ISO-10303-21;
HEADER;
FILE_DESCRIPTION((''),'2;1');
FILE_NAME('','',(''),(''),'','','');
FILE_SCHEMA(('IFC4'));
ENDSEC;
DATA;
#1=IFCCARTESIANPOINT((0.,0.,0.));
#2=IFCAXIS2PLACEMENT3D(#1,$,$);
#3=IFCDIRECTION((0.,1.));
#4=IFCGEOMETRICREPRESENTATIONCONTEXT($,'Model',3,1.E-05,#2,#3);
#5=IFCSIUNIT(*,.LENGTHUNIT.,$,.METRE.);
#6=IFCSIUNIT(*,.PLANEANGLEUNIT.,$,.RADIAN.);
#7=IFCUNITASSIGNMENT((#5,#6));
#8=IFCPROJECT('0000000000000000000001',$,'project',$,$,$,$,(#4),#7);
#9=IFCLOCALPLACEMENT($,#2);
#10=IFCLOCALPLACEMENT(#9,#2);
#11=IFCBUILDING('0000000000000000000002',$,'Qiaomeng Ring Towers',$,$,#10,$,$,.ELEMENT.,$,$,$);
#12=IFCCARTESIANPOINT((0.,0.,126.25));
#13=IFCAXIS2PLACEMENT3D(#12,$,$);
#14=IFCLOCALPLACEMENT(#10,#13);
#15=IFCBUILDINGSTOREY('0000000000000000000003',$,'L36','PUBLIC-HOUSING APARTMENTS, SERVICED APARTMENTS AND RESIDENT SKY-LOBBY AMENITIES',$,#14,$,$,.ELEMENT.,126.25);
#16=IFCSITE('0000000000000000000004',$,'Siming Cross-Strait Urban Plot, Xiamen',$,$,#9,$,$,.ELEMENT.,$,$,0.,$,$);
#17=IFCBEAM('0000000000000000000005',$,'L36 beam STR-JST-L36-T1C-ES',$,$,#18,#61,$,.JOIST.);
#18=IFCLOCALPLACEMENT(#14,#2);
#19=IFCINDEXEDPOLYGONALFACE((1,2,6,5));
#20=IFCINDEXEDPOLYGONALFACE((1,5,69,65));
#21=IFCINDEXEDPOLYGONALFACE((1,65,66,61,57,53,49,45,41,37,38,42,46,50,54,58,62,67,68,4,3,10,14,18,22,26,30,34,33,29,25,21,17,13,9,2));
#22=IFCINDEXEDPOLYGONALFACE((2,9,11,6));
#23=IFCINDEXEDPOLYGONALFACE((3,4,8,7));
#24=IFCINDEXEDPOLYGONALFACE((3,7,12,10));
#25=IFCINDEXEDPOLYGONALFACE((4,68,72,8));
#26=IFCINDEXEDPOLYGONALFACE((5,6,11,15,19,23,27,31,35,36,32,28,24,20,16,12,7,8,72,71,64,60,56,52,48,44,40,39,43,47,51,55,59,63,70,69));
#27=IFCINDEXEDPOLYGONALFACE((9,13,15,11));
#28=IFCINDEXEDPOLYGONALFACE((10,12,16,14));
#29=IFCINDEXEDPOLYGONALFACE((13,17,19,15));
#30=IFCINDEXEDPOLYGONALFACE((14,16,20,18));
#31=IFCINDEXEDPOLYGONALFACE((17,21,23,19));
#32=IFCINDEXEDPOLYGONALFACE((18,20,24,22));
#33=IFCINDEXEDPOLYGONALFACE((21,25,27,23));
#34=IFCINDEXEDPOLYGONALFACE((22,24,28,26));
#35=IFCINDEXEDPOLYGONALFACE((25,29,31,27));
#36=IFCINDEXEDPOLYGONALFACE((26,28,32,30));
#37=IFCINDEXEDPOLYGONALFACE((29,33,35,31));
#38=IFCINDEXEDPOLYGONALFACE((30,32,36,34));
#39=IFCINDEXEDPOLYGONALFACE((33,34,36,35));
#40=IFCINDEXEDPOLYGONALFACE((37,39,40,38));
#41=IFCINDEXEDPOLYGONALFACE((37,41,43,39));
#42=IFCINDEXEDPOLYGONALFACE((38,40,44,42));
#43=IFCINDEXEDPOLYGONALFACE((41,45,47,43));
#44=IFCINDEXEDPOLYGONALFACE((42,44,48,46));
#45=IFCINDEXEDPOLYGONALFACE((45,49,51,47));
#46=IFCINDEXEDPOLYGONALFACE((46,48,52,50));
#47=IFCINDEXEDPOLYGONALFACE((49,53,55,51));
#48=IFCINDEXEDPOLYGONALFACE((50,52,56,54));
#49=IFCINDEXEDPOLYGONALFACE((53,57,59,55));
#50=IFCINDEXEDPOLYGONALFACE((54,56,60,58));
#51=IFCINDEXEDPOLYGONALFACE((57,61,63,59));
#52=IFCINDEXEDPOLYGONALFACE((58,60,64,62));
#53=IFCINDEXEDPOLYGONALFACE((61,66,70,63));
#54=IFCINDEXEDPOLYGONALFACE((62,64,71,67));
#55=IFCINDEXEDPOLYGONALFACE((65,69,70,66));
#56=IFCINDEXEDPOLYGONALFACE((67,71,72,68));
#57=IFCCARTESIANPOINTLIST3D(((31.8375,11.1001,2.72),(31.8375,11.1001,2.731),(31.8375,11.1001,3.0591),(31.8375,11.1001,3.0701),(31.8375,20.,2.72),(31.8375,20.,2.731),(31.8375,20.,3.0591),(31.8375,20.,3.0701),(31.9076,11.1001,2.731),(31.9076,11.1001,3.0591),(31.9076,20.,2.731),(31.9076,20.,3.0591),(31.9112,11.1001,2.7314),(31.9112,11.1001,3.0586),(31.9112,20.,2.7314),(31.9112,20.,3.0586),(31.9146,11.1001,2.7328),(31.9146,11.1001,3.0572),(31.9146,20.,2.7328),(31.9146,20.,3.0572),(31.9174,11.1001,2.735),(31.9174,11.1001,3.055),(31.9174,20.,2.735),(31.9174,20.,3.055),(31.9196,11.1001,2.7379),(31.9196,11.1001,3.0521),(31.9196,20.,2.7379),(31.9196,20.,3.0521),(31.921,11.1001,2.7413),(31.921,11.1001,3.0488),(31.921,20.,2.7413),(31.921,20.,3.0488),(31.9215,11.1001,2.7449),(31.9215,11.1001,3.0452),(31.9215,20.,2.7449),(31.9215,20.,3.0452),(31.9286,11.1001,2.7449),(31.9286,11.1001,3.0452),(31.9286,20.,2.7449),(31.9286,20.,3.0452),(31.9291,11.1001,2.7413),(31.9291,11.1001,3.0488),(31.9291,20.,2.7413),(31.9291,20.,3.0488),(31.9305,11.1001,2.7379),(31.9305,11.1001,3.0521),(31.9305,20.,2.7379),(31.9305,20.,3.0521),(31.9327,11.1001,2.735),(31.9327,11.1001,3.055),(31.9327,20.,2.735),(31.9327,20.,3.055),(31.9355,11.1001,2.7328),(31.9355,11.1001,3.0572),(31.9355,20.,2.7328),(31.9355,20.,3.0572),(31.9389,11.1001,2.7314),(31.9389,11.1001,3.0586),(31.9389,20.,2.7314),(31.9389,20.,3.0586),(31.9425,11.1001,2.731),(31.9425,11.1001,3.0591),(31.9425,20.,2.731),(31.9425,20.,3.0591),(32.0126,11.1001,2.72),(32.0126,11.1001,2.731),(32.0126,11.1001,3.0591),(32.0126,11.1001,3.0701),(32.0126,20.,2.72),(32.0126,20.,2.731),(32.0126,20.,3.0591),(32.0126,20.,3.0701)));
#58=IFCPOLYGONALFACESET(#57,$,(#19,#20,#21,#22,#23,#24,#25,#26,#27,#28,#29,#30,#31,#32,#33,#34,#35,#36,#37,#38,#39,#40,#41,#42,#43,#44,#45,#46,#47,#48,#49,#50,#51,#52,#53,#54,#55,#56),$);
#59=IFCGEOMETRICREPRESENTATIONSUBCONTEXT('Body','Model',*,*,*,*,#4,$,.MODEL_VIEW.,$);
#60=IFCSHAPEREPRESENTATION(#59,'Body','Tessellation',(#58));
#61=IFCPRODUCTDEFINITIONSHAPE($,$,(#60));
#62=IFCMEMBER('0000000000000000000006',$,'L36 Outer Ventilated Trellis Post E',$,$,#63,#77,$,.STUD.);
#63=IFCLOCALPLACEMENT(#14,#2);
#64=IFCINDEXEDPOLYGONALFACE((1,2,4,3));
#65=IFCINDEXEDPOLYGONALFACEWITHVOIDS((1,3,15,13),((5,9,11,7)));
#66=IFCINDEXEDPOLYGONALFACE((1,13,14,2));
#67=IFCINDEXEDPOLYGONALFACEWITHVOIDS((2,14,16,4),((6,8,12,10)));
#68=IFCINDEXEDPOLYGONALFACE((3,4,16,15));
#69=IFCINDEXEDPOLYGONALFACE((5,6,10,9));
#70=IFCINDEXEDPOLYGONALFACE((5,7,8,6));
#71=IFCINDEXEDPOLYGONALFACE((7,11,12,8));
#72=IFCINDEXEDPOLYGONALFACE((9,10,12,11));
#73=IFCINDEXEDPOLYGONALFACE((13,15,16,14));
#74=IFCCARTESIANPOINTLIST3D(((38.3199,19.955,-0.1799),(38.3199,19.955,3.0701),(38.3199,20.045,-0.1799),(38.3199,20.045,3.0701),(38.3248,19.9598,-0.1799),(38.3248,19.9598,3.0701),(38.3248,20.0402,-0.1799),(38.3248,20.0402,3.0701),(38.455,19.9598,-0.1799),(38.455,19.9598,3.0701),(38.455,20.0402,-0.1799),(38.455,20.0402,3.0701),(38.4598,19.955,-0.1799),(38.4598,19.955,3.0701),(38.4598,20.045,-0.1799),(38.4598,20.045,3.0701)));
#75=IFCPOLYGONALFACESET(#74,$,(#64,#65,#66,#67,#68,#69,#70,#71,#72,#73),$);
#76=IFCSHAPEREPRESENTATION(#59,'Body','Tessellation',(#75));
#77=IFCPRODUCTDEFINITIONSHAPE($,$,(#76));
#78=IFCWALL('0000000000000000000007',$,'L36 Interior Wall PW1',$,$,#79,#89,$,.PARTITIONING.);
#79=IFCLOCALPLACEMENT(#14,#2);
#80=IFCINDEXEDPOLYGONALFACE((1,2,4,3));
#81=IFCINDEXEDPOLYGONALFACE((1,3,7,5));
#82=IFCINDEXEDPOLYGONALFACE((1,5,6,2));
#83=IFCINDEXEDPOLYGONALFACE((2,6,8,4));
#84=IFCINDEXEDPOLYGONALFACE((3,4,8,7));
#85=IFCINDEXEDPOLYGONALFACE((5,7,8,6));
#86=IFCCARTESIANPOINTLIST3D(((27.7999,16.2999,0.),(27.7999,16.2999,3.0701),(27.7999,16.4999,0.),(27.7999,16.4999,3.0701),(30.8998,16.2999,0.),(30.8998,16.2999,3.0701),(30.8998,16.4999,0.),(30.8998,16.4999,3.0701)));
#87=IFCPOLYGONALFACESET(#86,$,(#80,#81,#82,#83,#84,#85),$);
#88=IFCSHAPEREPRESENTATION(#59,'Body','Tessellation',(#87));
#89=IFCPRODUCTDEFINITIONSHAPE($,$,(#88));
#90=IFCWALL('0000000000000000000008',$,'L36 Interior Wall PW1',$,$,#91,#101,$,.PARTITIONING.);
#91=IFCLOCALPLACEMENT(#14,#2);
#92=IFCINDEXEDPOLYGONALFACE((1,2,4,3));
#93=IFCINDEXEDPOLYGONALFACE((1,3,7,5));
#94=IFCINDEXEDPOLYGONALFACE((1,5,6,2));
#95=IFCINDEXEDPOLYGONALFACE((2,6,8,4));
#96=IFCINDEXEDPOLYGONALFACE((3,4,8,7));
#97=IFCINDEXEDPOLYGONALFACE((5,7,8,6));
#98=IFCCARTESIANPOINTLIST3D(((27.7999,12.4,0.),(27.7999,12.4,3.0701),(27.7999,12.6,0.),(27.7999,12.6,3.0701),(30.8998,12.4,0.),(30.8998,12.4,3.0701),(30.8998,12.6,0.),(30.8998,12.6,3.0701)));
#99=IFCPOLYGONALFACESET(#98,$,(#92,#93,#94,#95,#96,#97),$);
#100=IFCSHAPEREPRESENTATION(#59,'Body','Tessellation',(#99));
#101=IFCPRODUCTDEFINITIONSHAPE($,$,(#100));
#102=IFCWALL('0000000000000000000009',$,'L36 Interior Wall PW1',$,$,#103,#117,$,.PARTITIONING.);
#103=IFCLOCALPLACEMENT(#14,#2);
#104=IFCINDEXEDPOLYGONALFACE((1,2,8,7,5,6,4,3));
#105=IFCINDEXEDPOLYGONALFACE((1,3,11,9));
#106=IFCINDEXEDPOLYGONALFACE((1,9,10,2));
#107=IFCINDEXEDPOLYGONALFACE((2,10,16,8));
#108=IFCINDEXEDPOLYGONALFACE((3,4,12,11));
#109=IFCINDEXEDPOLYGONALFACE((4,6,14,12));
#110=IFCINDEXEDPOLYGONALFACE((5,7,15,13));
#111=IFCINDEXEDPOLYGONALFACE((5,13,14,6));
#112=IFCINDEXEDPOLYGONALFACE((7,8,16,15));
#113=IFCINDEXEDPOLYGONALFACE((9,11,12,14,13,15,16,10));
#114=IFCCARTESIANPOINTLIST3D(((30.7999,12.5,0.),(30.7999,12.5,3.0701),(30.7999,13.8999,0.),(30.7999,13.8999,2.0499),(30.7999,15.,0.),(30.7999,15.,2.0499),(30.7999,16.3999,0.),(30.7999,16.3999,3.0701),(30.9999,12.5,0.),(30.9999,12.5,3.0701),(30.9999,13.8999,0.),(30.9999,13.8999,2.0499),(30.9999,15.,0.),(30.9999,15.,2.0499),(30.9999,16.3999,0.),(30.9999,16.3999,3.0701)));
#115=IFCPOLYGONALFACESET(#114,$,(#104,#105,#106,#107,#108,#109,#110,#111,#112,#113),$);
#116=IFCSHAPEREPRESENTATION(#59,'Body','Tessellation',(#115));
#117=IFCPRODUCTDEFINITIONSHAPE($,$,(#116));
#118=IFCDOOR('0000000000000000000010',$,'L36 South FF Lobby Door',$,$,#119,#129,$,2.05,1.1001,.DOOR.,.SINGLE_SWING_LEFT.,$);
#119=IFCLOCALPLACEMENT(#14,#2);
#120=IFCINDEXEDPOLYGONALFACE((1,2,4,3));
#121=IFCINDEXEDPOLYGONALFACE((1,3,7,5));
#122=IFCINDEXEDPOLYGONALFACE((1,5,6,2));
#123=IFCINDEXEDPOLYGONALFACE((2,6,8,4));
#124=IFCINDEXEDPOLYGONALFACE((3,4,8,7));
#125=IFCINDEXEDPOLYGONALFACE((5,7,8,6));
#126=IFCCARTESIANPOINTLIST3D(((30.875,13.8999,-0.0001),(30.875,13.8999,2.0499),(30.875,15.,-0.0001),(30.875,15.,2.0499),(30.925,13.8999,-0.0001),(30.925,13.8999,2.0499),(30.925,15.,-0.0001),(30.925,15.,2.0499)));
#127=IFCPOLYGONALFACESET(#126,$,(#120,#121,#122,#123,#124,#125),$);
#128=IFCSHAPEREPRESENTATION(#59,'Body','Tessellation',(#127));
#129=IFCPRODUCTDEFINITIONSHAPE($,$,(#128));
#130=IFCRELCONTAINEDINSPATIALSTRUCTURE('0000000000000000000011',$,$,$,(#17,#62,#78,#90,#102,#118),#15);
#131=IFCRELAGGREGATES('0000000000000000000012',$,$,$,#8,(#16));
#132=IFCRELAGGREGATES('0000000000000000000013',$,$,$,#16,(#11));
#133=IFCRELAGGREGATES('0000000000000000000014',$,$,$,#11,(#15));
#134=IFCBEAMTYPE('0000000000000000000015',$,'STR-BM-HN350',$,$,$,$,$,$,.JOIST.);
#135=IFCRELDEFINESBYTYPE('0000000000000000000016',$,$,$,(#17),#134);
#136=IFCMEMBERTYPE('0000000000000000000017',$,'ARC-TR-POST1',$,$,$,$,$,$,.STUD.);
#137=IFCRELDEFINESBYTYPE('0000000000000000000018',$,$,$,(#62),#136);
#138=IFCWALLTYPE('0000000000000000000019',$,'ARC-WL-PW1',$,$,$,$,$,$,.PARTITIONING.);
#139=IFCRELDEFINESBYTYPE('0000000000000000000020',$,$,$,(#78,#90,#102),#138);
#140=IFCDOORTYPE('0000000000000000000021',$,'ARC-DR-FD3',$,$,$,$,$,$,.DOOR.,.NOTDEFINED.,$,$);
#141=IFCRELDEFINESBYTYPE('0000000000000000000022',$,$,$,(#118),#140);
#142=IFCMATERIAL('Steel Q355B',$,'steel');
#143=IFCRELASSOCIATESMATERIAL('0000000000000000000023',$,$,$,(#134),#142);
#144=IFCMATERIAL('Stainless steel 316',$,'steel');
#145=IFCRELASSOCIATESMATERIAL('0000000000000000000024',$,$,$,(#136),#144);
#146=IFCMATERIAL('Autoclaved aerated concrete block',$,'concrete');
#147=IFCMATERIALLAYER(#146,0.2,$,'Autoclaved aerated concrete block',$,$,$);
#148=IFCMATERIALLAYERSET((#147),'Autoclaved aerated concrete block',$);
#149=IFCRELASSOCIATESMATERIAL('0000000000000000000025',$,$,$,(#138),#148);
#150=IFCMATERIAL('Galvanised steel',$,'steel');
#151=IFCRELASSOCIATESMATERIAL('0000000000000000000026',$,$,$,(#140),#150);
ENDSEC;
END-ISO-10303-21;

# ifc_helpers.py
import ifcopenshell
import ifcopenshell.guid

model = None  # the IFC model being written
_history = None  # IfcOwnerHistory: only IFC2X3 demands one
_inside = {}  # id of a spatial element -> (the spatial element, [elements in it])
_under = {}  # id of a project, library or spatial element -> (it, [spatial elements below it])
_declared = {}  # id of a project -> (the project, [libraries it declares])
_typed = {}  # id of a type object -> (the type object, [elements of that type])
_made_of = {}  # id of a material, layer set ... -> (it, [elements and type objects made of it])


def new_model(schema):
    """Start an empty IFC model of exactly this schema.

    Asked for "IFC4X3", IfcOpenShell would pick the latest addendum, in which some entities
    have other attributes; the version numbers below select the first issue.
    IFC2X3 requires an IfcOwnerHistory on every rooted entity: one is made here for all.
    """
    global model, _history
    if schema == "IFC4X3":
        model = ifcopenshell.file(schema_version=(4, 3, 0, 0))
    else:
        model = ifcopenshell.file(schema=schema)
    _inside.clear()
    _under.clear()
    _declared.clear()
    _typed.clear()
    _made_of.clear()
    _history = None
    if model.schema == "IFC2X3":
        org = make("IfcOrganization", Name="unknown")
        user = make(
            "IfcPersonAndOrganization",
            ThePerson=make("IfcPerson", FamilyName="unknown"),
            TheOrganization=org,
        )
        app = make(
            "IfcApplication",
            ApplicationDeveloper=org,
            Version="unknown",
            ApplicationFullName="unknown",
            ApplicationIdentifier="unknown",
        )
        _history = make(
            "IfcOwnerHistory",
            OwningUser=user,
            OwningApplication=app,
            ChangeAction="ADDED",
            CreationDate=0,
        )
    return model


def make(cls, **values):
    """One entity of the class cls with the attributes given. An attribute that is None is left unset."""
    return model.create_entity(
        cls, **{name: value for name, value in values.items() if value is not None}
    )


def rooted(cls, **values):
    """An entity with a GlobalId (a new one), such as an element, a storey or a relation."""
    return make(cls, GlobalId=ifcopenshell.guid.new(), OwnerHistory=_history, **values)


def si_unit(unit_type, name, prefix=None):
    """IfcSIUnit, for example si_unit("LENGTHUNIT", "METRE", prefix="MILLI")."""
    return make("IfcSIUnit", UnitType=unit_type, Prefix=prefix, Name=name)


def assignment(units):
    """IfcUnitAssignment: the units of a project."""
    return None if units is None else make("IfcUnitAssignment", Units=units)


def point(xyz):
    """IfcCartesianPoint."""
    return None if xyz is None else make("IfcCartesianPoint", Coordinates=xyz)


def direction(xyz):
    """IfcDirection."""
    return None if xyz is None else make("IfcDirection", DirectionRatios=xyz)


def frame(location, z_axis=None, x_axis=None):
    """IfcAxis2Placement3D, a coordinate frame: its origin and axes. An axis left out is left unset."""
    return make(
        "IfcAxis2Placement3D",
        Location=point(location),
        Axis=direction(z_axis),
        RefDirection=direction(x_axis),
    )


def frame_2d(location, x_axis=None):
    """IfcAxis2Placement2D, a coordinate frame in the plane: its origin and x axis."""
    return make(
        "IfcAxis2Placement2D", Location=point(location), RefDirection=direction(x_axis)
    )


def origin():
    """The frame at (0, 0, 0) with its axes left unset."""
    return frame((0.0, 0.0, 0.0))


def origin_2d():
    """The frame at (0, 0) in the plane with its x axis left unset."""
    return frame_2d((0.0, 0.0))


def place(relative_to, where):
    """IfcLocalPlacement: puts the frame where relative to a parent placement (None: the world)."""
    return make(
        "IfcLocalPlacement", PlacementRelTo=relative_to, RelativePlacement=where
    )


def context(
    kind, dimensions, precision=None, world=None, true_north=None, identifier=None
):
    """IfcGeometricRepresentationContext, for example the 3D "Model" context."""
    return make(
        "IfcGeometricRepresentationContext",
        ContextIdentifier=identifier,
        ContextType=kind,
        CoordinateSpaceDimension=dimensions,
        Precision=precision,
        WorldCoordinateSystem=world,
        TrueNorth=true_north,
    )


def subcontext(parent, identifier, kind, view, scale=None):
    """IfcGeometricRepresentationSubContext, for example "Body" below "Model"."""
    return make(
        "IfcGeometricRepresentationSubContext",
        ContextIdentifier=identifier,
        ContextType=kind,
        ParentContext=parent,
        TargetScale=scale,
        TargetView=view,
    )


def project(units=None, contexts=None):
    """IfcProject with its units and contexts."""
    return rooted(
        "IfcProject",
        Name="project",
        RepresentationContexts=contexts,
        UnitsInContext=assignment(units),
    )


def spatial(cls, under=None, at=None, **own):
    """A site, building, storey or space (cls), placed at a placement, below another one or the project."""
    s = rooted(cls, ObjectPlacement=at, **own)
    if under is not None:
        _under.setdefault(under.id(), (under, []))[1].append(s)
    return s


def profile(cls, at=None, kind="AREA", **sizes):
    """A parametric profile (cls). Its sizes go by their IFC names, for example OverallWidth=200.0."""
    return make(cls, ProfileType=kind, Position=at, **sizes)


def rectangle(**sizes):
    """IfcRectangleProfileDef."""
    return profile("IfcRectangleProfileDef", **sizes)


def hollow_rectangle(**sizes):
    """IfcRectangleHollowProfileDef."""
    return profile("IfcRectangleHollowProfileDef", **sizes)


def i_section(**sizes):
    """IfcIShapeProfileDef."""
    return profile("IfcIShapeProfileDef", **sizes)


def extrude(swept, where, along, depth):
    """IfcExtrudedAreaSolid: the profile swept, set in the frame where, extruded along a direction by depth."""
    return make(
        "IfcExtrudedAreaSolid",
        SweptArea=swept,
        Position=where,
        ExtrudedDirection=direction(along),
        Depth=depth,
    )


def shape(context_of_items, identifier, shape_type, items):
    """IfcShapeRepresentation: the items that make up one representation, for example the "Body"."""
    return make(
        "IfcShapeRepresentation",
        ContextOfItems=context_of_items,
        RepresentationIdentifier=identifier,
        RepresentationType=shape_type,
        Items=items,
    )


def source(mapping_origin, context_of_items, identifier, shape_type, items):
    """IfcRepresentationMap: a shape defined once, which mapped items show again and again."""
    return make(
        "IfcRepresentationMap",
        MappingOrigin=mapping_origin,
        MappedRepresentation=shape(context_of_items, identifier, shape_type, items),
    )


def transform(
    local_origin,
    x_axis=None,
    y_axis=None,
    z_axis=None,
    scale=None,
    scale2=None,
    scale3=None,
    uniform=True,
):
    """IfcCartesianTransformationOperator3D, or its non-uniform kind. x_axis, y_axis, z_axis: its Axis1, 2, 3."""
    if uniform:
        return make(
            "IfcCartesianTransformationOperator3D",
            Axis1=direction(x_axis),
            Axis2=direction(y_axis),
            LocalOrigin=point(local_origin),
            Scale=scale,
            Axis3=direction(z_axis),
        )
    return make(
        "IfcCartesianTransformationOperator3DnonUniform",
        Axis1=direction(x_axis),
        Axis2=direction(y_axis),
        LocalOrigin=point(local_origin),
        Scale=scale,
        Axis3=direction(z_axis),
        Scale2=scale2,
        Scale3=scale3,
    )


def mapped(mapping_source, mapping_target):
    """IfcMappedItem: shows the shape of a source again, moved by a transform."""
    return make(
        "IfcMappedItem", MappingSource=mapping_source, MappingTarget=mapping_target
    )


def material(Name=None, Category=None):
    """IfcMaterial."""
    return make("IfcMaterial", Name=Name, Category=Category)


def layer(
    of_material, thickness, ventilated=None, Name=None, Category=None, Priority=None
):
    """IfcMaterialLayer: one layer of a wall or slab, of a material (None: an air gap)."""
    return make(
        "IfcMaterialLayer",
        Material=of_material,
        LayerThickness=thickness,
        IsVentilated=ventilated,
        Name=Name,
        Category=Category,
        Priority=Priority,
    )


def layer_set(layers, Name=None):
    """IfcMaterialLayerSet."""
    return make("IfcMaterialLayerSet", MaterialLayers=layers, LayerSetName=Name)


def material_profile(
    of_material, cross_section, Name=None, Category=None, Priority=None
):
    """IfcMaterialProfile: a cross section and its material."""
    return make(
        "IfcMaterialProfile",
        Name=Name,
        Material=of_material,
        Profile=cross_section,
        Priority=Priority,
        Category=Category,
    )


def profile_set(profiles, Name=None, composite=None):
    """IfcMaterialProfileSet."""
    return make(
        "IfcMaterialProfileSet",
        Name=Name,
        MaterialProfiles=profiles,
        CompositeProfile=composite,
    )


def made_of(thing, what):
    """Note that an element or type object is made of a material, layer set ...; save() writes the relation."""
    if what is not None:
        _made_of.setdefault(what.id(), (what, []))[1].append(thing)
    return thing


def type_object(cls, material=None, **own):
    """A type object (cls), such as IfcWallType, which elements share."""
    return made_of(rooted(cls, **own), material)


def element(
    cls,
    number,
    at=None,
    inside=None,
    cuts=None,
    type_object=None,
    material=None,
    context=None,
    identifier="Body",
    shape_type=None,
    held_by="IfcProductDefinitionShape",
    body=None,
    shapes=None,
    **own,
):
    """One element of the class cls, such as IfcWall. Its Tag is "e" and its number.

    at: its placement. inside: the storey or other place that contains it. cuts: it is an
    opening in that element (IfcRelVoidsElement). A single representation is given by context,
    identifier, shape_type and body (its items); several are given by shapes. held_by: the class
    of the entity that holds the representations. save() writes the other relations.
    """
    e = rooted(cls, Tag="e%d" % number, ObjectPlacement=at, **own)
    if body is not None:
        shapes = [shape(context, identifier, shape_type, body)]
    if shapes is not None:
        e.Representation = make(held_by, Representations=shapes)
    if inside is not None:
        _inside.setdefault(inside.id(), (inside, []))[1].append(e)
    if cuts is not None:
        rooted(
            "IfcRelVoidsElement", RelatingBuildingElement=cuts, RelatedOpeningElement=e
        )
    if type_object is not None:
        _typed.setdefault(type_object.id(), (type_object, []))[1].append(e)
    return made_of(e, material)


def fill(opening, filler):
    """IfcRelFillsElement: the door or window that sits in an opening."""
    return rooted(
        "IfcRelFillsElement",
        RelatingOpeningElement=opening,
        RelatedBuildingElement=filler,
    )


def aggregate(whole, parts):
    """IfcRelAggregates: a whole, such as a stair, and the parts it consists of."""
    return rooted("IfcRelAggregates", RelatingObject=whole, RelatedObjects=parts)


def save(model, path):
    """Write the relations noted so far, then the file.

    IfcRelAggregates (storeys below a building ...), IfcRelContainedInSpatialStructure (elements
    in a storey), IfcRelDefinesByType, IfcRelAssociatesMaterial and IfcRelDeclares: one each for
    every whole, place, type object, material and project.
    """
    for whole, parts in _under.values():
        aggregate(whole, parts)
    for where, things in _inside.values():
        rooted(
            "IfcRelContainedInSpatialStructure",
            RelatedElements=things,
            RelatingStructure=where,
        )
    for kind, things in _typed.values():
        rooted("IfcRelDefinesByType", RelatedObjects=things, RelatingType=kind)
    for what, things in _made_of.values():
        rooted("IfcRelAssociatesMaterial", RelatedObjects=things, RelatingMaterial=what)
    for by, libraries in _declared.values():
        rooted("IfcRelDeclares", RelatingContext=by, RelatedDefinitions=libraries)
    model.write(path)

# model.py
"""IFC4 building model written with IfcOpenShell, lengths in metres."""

from ifc_helpers import new_model, si_unit, direction, frame, frame_2d, origin, origin_2d, place, context, subcontext, project, spatial, rectangle, hollow_rectangle, i_section, extrude, source, transform, mapped, material, layer, layer_set, material_profile, profile_set, type_object, element, fill, save


model = new_model("IFC4")

# Units and contexts
model_context = context("Model", 3, precision=1e-05, world=origin(), true_north=direction((0.0, 1.0)))
body_context = subcontext(model_context, "Body", "Model", "MODEL_VIEW")
ifc_project = project(units=[si_unit("LENGTHUNIT", "METRE"), si_unit("PLANEANGLEUNIT", "RADIAN")], contexts=[model_context])

# Site, building, storey
site_placement = place(None, origin())
site = spatial("IfcSite", under=ifc_project, at=site_placement, Name="Siming Cross-Strait Urban Plot, Xiamen", CompositionType="ELEMENT", RefElevation=0.0)
building_placement = place(site_placement, origin())
building = spatial("IfcBuilding", under=site, at=building_placement, Name="Qiaomeng Ring Towers", CompositionType="ELEMENT")
storey_placement = place(building_placement, frame((0.0, 0.0, 126.25)))
storey = spatial("IfcBuildingStorey", under=building, at=storey_placement, Name="L36", Description="PUBLIC-HOUSING APARTMENTS, SERVICED APARTMENTS AND RESIDENT SKY-LOBBY AMENITIES", CompositionType="ELEMENT", Elevation=126.25)

# Beam
ifc_material_1 = material(Name="Steel Q355B", Category="steel")
ifc_material_profile_1 = material_profile(ifc_material_1, i_section(OverallWidth=0.175, OverallDepth=0.3501, WebThickness=0.0071, FlangeThickness=0.011, FilletRadius=0.0139, at=origin_2d()), Name="HN 350x175x7x11")
ifc_profile_set_1 = profile_set([ifc_material_profile_1], Name="Steel Q355B")
beam_type_1 = type_object("IfcBeamType", Name="STR-BM-HN350", PredefinedType="JOIST", material=ifc_profile_set_1)
shared_shape_1 = source(origin(), body_context, "Body", "SweptSolid", [
    extrude(i_section(OverallWidth=0.175, OverallDepth=0.3501, WebThickness=0.0071, FlangeThickness=0.011, FilletRadius=0.0139, at=origin_2d()), origin(), (0.0, 0.0, 1.0), 8.8999),
])
beam_1_placement = place(storey_placement, frame((31.925, 11.1001, 2.895), z_axis=(0.0, 1.0, 0.0), x_axis=(-1.0, 0.0, 0.0)))
element("IfcBeam", 1, at=beam_1_placement, inside=storey, type_object=beam_type_1, Name="L36 beam STR-JST-L36-T1C-ES", PredefinedType="JOIST", context=body_context, shape_type="MappedRepresentation", body=[
    mapped(shared_shape_1, transform((0.0, 0.0, 0.0), x_axis=(1.0, 0.0, 0.0), y_axis=(0.0, 1.0, 0.0), z_axis=(0.0, 0.0, 1.0), scale=1.0)),
])

# Member
ifc_material_2 = material(Name="Stainless steel 316", Category="steel")
ifc_material_profile_2 = material_profile(ifc_material_2, hollow_rectangle(XDim=0.0901, YDim=0.1399, WallThickness=0.0049, at=origin_2d()), Name="SS TRELLIS 90x140")
ifc_profile_set_2 = profile_set([ifc_material_profile_2], Name="Stainless steel 316")
member_type = type_object("IfcMemberType", Name="ARC-TR-POST1", PredefinedType="STUD", material=ifc_profile_set_2)
shared_shape_2 = source(origin(), body_context, "Body", "SweptSolid", [
    extrude(hollow_rectangle(XDim=0.0901, YDim=0.1399, WallThickness=0.0049, at=origin_2d()), origin(), (0.0, 0.0, 1.0), 3.25),
])
member_placement = place(storey_placement, frame((38.3899, 20.0, -0.1799), z_axis=(0.0, 0.0, 1.0), x_axis=(0.0, 1.0, 0.0)))
element("IfcMember", 2, at=member_placement, inside=storey, type_object=member_type, Name="L36 Outer Ventilated Trellis Post E", PredefinedType="STUD", context=body_context, shape_type="MappedRepresentation", body=[
    mapped(shared_shape_2, transform((0.0, 0.0, 0.0), x_axis=(1.0, 0.0, 0.0), y_axis=(0.0, 1.0, 0.0), z_axis=(0.0, 0.0, 1.0), scale=1.0)),
])

# Walls
ifc_material_3 = material(Name="Autoclaved aerated concrete block", Category="concrete")
ifc_layer_1 = layer(ifc_material_3, 0.2, Name="Autoclaved aerated concrete block")
ifc_layer_set_1 = layer_set([ifc_layer_1], Name="Autoclaved aerated concrete block")
wall_type_1 = type_object("IfcWallType", Name="ARC-WL-PW1", PredefinedType="PARTITIONING", material=ifc_layer_set_1)
for number, where, z_axis, x_axis, name in (
    (3, (27.8, 16.3999, 0.0), (0.0, 0.0, 1.0), (1.0, 0.0, 0.0), "L36 Interior Wall PW1"),
    (4, (27.8, 12.5, 0.0), (0.0, 0.0, 1.0), (1.0, 0.0, 0.0), "L36 Interior Wall PW1"),
):
    element("IfcWall", number, at=place(storey_placement, frame(where, z_axis=z_axis, x_axis=x_axis)), inside=storey, type_object=wall_type_1, Name=name, PredefinedType="PARTITIONING", context=body_context, shape_type="SweptSolid", body=[
        extrude(rectangle(XDim=3.0999, YDim=0.2, at=frame_2d((1.5498, 0.0))), origin(), (0.0, 0.0, 1.0), 3.0701),
    ])

# Wall, opening, door
wall_1_placement = place(storey_placement, frame((30.8999, 12.5, 0.0), z_axis=(0.0, 0.0, 1.0), x_axis=(0.0, 1.0, 0.0)))
wall_1 = element("IfcWall", 5, at=wall_1_placement, inside=storey, type_object=wall_type_1, Name="L36 Interior Wall PW1", PredefinedType="PARTITIONING", context=body_context, shape_type="SweptSolid", body=[
    extrude(rectangle(XDim=3.8999, YDim=0.2, at=frame_2d((1.95, 0.0))), origin(), (0.0, 0.0, 1.0), 3.0701),
])
opening_1_placement = place(wall_1_placement, frame((1.3999, 0.0, 0.0)))
opening_1 = element("IfcOpeningElement", 6, at=opening_1_placement, cuts=wall_1, PredefinedType="OPENING", context=body_context, shape_type="SweptSolid", body=[
    extrude(rectangle(XDim=1.1001, YDim=2.05, at=frame_2d((0.55, 1.0249))), frame((0.0, 0.1099, 0.0), z_axis=(0.0, -1.0, 0.0), x_axis=(1.0, 0.0, 0.0)), (0.0, 0.0, 1.0), 0.22),
])
ifc_material_4 = material(Name="Galvanised steel", Category="steel")
door_type_1 = type_object("IfcDoorType", Name="ARC-DR-FD3", OperationType="NOTDEFINED", PredefinedType="DOOR", material=ifc_material_4)
shared_shape_3 = source(origin(), body_context, "Body", "SweptSolid", [
    extrude(rectangle(XDim=1.1001, YDim=2.05, at=frame_2d((0.55, 1.0249))), frame((0.0, 0.0249, 0.0), z_axis=(0.0, -1.0, 0.0), x_axis=(1.0, 0.0, 0.0)), (0.0, 0.0, 1.0), 0.05),
])
door_1_placement = place(opening_1_placement, origin())
door_1 = element("IfcDoor", 7, at=door_1_placement, inside=storey, type_object=door_type_1, Name="L36 South FF Lobby Door", OperationType="SINGLE_SWING_LEFT", OverallHeight=2.05, OverallWidth=1.1001, PredefinedType="DOOR", context=body_context, shape_type="MappedRepresentation", body=[
    mapped(shared_shape_3, transform((0.0, 0.0, 0.0), x_axis=(1.0, 0.0, 0.0), y_axis=(0.0, 1.0, 0.0), z_axis=(0.0, 0.0, 1.0), scale=1.0)),
])
fill(opening_1, door_1)

save(model, "model.ifc")
